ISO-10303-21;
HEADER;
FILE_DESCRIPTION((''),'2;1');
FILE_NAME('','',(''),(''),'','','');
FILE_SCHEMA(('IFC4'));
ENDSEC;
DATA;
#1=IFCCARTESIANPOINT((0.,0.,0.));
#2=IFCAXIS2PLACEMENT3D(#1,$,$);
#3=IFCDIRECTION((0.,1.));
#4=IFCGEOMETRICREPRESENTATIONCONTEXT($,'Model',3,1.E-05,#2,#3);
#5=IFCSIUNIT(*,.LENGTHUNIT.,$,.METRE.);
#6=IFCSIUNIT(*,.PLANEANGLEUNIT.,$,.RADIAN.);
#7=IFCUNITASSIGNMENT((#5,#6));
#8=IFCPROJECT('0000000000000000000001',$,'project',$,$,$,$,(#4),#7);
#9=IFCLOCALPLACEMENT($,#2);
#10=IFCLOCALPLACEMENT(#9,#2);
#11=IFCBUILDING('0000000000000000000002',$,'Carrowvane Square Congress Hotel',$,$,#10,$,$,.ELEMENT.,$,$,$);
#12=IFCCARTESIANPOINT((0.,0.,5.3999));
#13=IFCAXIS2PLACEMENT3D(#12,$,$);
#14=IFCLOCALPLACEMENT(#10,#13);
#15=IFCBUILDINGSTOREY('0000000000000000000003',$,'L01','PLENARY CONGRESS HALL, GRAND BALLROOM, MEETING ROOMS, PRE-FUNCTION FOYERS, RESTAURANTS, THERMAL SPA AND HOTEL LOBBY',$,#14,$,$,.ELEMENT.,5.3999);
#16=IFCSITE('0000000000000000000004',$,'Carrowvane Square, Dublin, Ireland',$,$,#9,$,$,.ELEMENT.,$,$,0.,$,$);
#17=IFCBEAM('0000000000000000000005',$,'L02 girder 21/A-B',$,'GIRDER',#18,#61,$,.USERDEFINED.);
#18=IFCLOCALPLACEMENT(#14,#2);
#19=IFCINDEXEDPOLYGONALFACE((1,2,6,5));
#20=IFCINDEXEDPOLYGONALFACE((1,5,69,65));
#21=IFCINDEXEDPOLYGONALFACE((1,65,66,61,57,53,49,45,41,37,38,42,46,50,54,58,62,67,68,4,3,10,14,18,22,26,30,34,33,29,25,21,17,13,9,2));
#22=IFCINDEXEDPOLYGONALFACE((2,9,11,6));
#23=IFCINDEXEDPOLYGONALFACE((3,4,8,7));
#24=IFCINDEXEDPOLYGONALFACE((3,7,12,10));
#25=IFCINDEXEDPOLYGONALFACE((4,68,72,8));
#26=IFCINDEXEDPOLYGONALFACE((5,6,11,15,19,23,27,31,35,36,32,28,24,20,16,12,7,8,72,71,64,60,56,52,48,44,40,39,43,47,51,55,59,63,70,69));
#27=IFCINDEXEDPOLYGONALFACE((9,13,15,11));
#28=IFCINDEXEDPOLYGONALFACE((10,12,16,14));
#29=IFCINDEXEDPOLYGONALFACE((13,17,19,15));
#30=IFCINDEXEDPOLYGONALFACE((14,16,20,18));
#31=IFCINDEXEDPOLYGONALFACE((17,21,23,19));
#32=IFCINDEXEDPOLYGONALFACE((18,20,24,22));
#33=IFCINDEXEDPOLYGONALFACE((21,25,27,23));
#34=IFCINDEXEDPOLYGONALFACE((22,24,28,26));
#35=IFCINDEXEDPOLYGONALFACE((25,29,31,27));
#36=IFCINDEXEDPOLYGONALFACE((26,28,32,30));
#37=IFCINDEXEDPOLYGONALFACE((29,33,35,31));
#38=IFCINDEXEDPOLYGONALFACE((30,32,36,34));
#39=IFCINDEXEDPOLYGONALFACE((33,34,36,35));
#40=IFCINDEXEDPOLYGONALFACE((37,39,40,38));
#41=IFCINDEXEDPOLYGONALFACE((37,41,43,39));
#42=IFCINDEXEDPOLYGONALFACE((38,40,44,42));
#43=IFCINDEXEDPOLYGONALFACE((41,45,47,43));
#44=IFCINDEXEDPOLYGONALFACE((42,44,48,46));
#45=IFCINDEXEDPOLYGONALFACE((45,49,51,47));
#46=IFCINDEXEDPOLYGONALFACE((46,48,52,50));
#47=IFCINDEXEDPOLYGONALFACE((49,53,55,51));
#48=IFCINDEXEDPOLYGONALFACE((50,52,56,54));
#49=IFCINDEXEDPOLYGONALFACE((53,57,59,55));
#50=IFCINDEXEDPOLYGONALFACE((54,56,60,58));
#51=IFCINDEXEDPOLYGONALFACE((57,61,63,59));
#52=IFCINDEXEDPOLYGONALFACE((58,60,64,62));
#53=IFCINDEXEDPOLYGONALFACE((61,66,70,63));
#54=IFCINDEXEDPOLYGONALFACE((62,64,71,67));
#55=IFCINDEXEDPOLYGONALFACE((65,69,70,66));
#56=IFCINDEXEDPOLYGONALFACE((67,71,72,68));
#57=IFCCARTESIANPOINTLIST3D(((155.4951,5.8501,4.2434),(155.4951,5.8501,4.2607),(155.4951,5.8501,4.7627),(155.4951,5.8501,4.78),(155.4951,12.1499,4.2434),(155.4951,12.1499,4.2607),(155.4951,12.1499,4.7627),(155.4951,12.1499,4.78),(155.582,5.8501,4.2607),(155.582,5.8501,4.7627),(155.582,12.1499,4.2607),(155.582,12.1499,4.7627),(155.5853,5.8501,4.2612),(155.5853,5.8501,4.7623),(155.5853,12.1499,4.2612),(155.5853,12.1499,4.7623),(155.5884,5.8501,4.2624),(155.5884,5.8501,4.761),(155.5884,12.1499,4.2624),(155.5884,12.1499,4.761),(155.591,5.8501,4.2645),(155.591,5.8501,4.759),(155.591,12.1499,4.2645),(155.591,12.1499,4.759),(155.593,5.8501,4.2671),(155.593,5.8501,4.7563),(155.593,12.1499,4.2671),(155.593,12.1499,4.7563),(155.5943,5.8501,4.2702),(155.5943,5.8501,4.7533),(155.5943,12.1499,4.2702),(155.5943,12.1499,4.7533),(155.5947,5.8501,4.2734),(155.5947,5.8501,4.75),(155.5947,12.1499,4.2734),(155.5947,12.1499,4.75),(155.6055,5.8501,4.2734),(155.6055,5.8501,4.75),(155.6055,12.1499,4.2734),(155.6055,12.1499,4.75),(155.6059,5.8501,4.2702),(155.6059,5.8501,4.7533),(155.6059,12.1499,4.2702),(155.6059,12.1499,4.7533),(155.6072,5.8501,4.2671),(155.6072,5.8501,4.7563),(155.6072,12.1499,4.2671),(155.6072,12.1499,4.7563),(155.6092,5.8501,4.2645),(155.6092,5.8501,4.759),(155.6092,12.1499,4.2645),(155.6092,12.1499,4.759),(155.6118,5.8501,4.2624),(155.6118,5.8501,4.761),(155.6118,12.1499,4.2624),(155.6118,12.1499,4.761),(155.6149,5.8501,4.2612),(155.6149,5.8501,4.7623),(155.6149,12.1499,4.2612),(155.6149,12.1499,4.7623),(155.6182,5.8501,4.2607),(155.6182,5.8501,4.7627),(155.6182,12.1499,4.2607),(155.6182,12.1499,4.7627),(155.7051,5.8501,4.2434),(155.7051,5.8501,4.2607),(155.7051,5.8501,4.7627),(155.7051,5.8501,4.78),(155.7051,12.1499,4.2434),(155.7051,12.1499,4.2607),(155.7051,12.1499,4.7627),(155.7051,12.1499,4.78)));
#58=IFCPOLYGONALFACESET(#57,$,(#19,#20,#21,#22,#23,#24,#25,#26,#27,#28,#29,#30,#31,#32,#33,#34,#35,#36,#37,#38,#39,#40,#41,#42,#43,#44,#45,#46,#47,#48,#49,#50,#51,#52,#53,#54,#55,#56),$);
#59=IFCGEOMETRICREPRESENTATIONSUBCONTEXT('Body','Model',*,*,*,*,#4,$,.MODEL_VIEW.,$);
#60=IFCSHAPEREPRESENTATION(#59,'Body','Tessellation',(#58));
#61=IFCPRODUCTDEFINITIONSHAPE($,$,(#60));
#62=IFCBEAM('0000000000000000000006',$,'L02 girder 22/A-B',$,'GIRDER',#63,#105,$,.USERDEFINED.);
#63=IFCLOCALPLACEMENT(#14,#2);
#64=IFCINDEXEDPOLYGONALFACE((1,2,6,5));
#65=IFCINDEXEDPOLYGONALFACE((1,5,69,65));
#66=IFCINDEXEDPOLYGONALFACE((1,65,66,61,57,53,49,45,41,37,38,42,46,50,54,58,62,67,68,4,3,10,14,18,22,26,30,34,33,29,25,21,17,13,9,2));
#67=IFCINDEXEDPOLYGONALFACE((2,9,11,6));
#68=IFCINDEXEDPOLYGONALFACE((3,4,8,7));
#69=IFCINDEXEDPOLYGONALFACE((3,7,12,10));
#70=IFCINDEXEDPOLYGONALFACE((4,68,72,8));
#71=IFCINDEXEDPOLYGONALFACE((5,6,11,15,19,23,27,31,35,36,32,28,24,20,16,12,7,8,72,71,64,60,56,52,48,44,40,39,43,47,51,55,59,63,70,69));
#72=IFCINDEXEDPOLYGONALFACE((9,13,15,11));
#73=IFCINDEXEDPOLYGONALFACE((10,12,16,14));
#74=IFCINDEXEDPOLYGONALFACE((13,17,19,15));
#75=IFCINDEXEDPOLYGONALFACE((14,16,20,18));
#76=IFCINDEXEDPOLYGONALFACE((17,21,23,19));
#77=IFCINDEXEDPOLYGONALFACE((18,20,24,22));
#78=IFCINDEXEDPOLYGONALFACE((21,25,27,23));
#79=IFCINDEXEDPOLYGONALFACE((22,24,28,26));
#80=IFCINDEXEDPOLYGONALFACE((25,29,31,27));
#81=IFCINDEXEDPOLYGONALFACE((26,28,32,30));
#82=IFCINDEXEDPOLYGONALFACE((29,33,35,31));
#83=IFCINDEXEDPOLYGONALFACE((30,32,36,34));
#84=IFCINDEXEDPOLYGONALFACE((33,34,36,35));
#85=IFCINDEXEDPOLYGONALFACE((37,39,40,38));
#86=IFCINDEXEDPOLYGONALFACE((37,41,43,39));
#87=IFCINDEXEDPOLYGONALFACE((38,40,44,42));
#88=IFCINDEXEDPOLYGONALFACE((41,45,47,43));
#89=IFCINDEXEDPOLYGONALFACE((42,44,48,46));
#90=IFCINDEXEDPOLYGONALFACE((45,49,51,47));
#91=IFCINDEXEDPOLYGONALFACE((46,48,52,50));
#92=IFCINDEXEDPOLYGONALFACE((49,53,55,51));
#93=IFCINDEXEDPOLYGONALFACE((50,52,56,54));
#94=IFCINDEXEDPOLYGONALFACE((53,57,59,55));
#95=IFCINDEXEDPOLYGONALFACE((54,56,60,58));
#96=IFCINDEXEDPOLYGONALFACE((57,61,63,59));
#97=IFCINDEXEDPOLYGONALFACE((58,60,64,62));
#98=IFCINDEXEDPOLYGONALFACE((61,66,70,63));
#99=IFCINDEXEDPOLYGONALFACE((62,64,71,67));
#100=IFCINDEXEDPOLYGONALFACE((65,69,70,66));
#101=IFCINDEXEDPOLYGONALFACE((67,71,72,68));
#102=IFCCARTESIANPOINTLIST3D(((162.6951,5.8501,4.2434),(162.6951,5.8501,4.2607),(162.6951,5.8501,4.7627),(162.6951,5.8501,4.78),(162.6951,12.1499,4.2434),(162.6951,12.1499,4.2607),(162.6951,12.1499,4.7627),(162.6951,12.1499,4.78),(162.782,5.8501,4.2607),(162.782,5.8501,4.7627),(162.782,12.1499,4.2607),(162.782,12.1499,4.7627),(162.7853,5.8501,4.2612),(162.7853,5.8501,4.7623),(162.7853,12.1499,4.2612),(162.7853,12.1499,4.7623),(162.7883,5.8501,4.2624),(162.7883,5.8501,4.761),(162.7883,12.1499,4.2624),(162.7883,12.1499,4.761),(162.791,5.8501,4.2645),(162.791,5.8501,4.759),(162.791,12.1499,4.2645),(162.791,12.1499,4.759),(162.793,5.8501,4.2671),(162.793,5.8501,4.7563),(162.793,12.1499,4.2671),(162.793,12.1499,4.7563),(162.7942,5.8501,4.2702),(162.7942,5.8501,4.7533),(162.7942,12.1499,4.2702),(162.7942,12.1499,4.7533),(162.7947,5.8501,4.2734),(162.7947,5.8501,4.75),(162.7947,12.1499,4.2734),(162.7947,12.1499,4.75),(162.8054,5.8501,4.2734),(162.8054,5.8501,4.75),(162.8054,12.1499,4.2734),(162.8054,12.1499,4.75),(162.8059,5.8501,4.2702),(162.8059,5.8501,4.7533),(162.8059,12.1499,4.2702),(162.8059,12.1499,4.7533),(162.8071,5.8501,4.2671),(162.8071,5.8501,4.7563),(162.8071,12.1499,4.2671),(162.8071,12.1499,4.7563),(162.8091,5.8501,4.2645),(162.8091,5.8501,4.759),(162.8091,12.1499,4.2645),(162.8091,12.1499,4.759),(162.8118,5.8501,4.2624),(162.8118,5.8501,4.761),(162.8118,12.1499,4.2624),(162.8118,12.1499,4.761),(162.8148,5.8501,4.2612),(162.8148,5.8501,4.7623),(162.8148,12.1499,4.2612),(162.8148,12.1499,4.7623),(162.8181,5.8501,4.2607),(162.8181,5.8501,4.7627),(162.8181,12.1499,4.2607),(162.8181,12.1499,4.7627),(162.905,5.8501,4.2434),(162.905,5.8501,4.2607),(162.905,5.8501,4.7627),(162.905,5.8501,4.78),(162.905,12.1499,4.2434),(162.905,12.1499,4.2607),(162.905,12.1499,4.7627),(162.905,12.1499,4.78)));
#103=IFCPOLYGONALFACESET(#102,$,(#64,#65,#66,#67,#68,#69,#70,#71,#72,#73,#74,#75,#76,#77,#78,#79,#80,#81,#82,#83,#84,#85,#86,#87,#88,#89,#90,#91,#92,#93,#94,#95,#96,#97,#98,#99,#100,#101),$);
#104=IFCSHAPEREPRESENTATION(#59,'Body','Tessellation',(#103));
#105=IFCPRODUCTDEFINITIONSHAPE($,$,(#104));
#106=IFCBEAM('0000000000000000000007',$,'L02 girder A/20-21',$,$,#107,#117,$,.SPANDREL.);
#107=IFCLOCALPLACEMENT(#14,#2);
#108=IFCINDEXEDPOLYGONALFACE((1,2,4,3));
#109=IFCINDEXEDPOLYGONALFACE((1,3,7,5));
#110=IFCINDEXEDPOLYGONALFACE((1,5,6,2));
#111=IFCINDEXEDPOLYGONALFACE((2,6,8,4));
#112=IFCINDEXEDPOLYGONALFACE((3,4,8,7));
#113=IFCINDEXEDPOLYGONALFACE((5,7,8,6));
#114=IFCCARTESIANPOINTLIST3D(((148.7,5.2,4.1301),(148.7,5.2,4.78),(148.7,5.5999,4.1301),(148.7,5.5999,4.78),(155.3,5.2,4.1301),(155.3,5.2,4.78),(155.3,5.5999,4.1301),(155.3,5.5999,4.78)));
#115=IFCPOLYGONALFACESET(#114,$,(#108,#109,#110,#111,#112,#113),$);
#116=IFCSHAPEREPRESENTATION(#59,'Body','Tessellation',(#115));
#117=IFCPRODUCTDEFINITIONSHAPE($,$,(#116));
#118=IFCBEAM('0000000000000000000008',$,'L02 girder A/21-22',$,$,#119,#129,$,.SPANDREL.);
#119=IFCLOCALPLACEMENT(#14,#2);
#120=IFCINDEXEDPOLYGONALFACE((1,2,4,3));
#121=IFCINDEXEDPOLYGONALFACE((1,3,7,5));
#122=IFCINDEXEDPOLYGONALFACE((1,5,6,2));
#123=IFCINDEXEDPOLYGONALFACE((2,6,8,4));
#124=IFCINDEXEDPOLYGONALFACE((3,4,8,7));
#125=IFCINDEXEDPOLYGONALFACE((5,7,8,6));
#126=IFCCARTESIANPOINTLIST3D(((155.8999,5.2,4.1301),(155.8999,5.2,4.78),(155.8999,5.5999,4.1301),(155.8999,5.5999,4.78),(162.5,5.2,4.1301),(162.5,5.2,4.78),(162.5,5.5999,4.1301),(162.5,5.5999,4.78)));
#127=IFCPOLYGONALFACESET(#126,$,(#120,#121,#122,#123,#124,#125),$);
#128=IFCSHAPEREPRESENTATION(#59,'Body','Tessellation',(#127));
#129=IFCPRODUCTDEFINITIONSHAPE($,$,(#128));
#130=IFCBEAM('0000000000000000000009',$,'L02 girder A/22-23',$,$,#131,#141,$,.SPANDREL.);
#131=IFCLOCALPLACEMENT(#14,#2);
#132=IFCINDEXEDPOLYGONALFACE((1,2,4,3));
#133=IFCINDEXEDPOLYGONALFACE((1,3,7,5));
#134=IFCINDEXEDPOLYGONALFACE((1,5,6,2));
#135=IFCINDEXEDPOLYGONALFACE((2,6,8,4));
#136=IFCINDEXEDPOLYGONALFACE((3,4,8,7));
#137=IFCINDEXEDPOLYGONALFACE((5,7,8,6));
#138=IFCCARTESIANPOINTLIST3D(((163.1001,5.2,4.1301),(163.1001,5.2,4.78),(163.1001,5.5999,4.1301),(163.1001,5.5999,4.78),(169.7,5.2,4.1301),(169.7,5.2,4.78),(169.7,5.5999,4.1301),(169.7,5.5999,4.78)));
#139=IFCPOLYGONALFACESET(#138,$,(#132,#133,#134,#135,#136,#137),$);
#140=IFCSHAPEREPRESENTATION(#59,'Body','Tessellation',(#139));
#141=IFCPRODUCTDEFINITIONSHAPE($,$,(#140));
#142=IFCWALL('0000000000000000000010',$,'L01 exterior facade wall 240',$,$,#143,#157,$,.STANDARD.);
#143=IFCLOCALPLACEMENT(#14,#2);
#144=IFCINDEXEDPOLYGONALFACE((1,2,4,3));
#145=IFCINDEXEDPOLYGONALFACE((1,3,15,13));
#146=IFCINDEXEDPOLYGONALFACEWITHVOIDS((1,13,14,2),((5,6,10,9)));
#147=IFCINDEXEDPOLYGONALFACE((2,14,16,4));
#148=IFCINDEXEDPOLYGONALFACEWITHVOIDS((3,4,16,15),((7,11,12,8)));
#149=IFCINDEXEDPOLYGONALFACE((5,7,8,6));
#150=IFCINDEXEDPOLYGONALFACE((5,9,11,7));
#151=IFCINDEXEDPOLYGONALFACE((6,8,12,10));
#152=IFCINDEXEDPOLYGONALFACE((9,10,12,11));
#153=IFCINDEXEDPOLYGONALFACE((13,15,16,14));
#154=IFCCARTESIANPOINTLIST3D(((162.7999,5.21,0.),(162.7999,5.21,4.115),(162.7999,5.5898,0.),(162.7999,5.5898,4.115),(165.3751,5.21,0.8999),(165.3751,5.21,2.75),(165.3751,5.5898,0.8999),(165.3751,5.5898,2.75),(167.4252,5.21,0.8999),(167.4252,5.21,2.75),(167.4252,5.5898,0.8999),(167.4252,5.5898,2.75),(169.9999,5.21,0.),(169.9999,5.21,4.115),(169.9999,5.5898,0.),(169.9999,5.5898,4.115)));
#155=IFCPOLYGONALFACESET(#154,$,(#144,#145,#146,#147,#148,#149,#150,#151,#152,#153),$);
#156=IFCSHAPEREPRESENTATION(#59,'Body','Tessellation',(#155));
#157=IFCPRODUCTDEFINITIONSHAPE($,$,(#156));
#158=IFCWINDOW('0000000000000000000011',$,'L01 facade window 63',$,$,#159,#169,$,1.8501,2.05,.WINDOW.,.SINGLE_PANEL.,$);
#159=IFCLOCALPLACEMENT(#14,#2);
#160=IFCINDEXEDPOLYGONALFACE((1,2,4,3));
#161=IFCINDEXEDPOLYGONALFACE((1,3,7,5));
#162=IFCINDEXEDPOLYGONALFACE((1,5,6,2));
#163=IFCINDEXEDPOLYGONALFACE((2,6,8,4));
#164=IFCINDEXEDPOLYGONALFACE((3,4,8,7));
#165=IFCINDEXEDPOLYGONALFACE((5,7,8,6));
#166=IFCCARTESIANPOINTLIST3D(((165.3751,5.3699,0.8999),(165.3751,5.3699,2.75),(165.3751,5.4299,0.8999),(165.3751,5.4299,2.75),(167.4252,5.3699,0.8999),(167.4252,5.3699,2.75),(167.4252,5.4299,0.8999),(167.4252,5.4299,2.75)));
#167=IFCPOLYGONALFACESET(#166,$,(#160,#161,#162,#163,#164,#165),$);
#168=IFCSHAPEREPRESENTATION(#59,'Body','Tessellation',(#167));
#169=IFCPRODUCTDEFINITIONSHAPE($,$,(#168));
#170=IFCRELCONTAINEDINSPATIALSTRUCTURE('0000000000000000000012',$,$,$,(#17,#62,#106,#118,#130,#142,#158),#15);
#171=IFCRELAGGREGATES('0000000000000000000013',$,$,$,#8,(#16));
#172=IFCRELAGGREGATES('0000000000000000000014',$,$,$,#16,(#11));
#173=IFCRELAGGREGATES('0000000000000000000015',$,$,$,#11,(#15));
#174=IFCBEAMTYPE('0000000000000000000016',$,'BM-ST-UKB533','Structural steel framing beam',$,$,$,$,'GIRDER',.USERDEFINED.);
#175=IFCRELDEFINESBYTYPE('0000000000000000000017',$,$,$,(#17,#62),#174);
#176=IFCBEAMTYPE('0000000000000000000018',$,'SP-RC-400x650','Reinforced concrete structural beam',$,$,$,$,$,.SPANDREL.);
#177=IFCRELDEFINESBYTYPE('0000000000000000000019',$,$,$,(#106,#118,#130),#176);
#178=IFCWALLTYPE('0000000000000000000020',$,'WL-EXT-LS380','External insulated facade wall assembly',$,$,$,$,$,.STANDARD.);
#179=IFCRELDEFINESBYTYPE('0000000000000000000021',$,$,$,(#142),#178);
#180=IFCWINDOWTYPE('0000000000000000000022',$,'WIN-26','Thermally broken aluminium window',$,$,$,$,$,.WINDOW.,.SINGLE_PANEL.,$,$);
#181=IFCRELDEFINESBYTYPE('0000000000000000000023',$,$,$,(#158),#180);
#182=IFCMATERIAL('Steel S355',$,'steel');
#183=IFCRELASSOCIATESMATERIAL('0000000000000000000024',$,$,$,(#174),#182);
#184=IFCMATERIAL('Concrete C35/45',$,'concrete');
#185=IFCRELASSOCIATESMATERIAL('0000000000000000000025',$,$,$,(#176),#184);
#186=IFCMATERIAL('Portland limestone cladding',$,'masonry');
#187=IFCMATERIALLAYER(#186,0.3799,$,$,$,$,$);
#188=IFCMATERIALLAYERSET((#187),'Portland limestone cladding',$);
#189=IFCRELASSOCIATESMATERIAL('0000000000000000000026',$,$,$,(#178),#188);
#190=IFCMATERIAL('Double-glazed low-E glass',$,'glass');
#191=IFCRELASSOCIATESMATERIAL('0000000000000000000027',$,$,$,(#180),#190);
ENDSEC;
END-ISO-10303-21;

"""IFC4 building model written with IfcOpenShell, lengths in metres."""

from ifc_helpers import new_model, si_unit, direction, frame, frame_2d, origin, origin_2d, place, context, subcontext, project, spatial, rectangle, i_section, extrude, material, layer, layer_set, material_profile, profile_set, type_object, element, fill, save


model = new_model("IFC4")

# Units and contexts
model_context = context("Model", 3, precision=1e-05, world=origin(), true_north=direction((0.0, 1.0)))
body_context = subcontext(model_context, "Body", "Model", "MODEL_VIEW")
ifc_project = project(units=[si_unit("LENGTHUNIT", "METRE"), si_unit("PLANEANGLEUNIT", "RADIAN")], contexts=[model_context])

# Site, building, storey
site_placement = place(None, origin())
site = spatial("IfcSite", under=ifc_project, at=site_placement, Name="Carrowvane Square, Dublin, Ireland", CompositionType="ELEMENT", RefElevation=0.0)
building_placement = place(site_placement, origin())
building = spatial("IfcBuilding", under=site, at=building_placement, Name="Carrowvane Square Congress Hotel", CompositionType="ELEMENT")
storey_placement = place(building_placement, frame((0.0, 0.0, 5.3999)))
storey = spatial("IfcBuildingStorey", under=building, at=storey_placement, Name="L01", Description="PLENARY CONGRESS HALL, GRAND BALLROOM, MEETING ROOMS, PRE-FUNCTION FOYERS, RESTAURANTS, THERMAL SPA AND HOTEL LOBBY", CompositionType="ELEMENT", Elevation=5.3999)

# Beams
ifc_material_1 = material(Name="Steel S355", Category="steel")
ifc_material_profile_1 = material_profile(ifc_material_1, i_section(OverallWidth=0.21, OverallDepth=0.5366, WebThickness=0.0107, FlangeThickness=0.0173, FilletRadius=0.0127, at=origin_2d()), Name="UKB 533x210x101")
ifc_profile_set_1 = profile_set([ifc_material_profile_1], Name="Steel S355")
beam_type_1 = type_object("IfcBeamType", Name="BM-ST-UKB533", Description="Structural steel framing beam", ElementType="GIRDER", PredefinedType="USERDEFINED", material=ifc_profile_set_1)
for number, where, z_axis, x_axis, name in (
    (1, (155.6001, 5.8501, 4.5117), (0.0, 1.0, 0.0), (-1.0, 0.0, 0.0), "L02 girder 21/A-B"),
    (2, (162.8, 5.8501, 4.5117), (0.0, 1.0, 0.0), (-1.0, 0.0, 0.0), "L02 girder 22/A-B"),
):
    element("IfcBeam", number, at=place(storey_placement, frame(where, z_axis=z_axis, x_axis=x_axis)), inside=storey, type_object=beam_type_1, Name=name, ObjectType="GIRDER", PredefinedType="USERDEFINED", context=body_context, shape_type="SweptSolid", body=[
        extrude(i_section(OverallWidth=0.21, OverallDepth=0.5366, WebThickness=0.0107, FlangeThickness=0.0173, FilletRadius=0.0127, at=origin_2d()), origin(), (0.0, 0.0, 1.0), 6.2998),
    ])
ifc_material_2 = material(Name="Concrete C35/45", Category="concrete")
ifc_material_profile_2 = material_profile(ifc_material_2, rectangle(XDim=0.3999, YDim=0.6499, at=origin_2d()), Name="RC 400x650")
ifc_profile_set_2 = profile_set([ifc_material_profile_2], Name="Concrete C35/45")
beam_type_2 = type_object("IfcBeamType", Name="SP-RC-400x650", Description="Reinforced concrete structural beam", PredefinedType="SPANDREL", material=ifc_profile_set_2)
for number, where, z_axis, x_axis, name in (
    (3, (148.7, 5.3999, 4.4551), (1.0, 0.0, 0.0), (0.0, 1.0, 0.0), "L02 girder A/20-21"),
    (4, (155.8999, 5.3999, 4.4551), (1.0, 0.0, 0.0), (0.0, 1.0, 0.0), "L02 girder A/21-22"),
):
    element("IfcBeam", number, at=place(storey_placement, frame(where, z_axis=z_axis, x_axis=x_axis)), inside=storey, type_object=beam_type_2, Name=name, PredefinedType="SPANDREL", context=body_context, shape_type="SweptSolid", body=[
        extrude(rectangle(XDim=0.3999, YDim=0.6499, at=origin_2d()), origin(), (0.0, 0.0, 1.0), 6.6001),
    ])
beam_1_placement = place(storey_placement, frame((163.1001, 5.3999, 4.4551), z_axis=(1.0, 0.0, 0.0), x_axis=(0.0, 1.0, 0.0)))
element("IfcBeam", 5, at=beam_1_placement, inside=storey, type_object=beam_type_2, Name="L02 girder A/22-23", PredefinedType="SPANDREL", context=body_context, shape_type="SweptSolid", body=[
    extrude(rectangle(XDim=0.3999, YDim=0.6499, at=origin_2d()), origin(), (0.0, 0.0, 1.0), 6.5999),
])

# Wall, opening, window
ifc_material_3 = material(Name="Portland limestone cladding", Category="masonry")
ifc_layer_1 = layer(ifc_material_3, 0.3799)
ifc_layer_set_1 = layer_set([ifc_layer_1], Name="Portland limestone cladding")
wall_type_1 = type_object("IfcWallType", Name="WL-EXT-LS380", Description="External insulated facade wall assembly", PredefinedType="STANDARD", material=ifc_layer_set_1)
wall_1_placement = place(storey_placement, frame((170.0, 5.3999, 0.0), z_axis=(0.0, 0.0, 1.0), x_axis=(-1.0, 0.0, 0.0)))
wall_1 = element("IfcWall", 6, at=wall_1_placement, inside=storey, type_object=wall_type_1, Name="L01 exterior facade wall 240", PredefinedType="STANDARD", context=body_context, shape_type="SweptSolid", body=[
    extrude(rectangle(XDim=7.2, YDim=0.3799, at=frame_2d((3.6001, 0.0))), origin(), (0.0, 0.0, 1.0), 4.115),
])
opening_1_placement = place(wall_1_placement, frame((2.575, 0.0, 0.8999)))
opening_1 = element("IfcOpeningElement", 7, at=opening_1_placement, cuts=wall_1, PredefinedType="OPENING", context=body_context, shape_type="SweptSolid", body=[
    extrude(rectangle(XDim=2.05, YDim=1.8501, at=frame_2d((1.0249, 0.925))), frame((0.0, 0.2, 0.0), z_axis=(0.0, -1.0, 0.0), x_axis=(1.0, 0.0, 0.0)), (0.0, 0.0, 1.0), 0.3999),
])
ifc_material_4 = material(Name="Double-glazed low-E glass", Category="glass")
window_type_1 = type_object("IfcWindowType", Name="WIN-26", Description="Thermally broken aluminium window", PartitioningType="SINGLE_PANEL", PredefinedType="WINDOW", material=ifc_material_4)
window_1_placement = place(opening_1_placement, origin())
window_1 = element("IfcWindow", 8, at=window_1_placement, inside=storey, type_object=window_type_1, Name="L01 facade window 63", OverallHeight=1.8501, OverallWidth=2.05, PartitioningType="SINGLE_PANEL", PredefinedType="WINDOW", context=body_context, shape_type="SweptSolid", body=[
    extrude(rectangle(XDim=2.05, YDim=1.8501, at=frame_2d((1.0249, 0.925))), frame((0.0, 0.03, 0.0), z_axis=(0.0, -1.0, 0.0), x_axis=(1.0, 0.0, 0.0)), (0.0, 0.0, 1.0), 0.0601),
])
fill(opening_1, window_1)

save(model, "model.ifc")
